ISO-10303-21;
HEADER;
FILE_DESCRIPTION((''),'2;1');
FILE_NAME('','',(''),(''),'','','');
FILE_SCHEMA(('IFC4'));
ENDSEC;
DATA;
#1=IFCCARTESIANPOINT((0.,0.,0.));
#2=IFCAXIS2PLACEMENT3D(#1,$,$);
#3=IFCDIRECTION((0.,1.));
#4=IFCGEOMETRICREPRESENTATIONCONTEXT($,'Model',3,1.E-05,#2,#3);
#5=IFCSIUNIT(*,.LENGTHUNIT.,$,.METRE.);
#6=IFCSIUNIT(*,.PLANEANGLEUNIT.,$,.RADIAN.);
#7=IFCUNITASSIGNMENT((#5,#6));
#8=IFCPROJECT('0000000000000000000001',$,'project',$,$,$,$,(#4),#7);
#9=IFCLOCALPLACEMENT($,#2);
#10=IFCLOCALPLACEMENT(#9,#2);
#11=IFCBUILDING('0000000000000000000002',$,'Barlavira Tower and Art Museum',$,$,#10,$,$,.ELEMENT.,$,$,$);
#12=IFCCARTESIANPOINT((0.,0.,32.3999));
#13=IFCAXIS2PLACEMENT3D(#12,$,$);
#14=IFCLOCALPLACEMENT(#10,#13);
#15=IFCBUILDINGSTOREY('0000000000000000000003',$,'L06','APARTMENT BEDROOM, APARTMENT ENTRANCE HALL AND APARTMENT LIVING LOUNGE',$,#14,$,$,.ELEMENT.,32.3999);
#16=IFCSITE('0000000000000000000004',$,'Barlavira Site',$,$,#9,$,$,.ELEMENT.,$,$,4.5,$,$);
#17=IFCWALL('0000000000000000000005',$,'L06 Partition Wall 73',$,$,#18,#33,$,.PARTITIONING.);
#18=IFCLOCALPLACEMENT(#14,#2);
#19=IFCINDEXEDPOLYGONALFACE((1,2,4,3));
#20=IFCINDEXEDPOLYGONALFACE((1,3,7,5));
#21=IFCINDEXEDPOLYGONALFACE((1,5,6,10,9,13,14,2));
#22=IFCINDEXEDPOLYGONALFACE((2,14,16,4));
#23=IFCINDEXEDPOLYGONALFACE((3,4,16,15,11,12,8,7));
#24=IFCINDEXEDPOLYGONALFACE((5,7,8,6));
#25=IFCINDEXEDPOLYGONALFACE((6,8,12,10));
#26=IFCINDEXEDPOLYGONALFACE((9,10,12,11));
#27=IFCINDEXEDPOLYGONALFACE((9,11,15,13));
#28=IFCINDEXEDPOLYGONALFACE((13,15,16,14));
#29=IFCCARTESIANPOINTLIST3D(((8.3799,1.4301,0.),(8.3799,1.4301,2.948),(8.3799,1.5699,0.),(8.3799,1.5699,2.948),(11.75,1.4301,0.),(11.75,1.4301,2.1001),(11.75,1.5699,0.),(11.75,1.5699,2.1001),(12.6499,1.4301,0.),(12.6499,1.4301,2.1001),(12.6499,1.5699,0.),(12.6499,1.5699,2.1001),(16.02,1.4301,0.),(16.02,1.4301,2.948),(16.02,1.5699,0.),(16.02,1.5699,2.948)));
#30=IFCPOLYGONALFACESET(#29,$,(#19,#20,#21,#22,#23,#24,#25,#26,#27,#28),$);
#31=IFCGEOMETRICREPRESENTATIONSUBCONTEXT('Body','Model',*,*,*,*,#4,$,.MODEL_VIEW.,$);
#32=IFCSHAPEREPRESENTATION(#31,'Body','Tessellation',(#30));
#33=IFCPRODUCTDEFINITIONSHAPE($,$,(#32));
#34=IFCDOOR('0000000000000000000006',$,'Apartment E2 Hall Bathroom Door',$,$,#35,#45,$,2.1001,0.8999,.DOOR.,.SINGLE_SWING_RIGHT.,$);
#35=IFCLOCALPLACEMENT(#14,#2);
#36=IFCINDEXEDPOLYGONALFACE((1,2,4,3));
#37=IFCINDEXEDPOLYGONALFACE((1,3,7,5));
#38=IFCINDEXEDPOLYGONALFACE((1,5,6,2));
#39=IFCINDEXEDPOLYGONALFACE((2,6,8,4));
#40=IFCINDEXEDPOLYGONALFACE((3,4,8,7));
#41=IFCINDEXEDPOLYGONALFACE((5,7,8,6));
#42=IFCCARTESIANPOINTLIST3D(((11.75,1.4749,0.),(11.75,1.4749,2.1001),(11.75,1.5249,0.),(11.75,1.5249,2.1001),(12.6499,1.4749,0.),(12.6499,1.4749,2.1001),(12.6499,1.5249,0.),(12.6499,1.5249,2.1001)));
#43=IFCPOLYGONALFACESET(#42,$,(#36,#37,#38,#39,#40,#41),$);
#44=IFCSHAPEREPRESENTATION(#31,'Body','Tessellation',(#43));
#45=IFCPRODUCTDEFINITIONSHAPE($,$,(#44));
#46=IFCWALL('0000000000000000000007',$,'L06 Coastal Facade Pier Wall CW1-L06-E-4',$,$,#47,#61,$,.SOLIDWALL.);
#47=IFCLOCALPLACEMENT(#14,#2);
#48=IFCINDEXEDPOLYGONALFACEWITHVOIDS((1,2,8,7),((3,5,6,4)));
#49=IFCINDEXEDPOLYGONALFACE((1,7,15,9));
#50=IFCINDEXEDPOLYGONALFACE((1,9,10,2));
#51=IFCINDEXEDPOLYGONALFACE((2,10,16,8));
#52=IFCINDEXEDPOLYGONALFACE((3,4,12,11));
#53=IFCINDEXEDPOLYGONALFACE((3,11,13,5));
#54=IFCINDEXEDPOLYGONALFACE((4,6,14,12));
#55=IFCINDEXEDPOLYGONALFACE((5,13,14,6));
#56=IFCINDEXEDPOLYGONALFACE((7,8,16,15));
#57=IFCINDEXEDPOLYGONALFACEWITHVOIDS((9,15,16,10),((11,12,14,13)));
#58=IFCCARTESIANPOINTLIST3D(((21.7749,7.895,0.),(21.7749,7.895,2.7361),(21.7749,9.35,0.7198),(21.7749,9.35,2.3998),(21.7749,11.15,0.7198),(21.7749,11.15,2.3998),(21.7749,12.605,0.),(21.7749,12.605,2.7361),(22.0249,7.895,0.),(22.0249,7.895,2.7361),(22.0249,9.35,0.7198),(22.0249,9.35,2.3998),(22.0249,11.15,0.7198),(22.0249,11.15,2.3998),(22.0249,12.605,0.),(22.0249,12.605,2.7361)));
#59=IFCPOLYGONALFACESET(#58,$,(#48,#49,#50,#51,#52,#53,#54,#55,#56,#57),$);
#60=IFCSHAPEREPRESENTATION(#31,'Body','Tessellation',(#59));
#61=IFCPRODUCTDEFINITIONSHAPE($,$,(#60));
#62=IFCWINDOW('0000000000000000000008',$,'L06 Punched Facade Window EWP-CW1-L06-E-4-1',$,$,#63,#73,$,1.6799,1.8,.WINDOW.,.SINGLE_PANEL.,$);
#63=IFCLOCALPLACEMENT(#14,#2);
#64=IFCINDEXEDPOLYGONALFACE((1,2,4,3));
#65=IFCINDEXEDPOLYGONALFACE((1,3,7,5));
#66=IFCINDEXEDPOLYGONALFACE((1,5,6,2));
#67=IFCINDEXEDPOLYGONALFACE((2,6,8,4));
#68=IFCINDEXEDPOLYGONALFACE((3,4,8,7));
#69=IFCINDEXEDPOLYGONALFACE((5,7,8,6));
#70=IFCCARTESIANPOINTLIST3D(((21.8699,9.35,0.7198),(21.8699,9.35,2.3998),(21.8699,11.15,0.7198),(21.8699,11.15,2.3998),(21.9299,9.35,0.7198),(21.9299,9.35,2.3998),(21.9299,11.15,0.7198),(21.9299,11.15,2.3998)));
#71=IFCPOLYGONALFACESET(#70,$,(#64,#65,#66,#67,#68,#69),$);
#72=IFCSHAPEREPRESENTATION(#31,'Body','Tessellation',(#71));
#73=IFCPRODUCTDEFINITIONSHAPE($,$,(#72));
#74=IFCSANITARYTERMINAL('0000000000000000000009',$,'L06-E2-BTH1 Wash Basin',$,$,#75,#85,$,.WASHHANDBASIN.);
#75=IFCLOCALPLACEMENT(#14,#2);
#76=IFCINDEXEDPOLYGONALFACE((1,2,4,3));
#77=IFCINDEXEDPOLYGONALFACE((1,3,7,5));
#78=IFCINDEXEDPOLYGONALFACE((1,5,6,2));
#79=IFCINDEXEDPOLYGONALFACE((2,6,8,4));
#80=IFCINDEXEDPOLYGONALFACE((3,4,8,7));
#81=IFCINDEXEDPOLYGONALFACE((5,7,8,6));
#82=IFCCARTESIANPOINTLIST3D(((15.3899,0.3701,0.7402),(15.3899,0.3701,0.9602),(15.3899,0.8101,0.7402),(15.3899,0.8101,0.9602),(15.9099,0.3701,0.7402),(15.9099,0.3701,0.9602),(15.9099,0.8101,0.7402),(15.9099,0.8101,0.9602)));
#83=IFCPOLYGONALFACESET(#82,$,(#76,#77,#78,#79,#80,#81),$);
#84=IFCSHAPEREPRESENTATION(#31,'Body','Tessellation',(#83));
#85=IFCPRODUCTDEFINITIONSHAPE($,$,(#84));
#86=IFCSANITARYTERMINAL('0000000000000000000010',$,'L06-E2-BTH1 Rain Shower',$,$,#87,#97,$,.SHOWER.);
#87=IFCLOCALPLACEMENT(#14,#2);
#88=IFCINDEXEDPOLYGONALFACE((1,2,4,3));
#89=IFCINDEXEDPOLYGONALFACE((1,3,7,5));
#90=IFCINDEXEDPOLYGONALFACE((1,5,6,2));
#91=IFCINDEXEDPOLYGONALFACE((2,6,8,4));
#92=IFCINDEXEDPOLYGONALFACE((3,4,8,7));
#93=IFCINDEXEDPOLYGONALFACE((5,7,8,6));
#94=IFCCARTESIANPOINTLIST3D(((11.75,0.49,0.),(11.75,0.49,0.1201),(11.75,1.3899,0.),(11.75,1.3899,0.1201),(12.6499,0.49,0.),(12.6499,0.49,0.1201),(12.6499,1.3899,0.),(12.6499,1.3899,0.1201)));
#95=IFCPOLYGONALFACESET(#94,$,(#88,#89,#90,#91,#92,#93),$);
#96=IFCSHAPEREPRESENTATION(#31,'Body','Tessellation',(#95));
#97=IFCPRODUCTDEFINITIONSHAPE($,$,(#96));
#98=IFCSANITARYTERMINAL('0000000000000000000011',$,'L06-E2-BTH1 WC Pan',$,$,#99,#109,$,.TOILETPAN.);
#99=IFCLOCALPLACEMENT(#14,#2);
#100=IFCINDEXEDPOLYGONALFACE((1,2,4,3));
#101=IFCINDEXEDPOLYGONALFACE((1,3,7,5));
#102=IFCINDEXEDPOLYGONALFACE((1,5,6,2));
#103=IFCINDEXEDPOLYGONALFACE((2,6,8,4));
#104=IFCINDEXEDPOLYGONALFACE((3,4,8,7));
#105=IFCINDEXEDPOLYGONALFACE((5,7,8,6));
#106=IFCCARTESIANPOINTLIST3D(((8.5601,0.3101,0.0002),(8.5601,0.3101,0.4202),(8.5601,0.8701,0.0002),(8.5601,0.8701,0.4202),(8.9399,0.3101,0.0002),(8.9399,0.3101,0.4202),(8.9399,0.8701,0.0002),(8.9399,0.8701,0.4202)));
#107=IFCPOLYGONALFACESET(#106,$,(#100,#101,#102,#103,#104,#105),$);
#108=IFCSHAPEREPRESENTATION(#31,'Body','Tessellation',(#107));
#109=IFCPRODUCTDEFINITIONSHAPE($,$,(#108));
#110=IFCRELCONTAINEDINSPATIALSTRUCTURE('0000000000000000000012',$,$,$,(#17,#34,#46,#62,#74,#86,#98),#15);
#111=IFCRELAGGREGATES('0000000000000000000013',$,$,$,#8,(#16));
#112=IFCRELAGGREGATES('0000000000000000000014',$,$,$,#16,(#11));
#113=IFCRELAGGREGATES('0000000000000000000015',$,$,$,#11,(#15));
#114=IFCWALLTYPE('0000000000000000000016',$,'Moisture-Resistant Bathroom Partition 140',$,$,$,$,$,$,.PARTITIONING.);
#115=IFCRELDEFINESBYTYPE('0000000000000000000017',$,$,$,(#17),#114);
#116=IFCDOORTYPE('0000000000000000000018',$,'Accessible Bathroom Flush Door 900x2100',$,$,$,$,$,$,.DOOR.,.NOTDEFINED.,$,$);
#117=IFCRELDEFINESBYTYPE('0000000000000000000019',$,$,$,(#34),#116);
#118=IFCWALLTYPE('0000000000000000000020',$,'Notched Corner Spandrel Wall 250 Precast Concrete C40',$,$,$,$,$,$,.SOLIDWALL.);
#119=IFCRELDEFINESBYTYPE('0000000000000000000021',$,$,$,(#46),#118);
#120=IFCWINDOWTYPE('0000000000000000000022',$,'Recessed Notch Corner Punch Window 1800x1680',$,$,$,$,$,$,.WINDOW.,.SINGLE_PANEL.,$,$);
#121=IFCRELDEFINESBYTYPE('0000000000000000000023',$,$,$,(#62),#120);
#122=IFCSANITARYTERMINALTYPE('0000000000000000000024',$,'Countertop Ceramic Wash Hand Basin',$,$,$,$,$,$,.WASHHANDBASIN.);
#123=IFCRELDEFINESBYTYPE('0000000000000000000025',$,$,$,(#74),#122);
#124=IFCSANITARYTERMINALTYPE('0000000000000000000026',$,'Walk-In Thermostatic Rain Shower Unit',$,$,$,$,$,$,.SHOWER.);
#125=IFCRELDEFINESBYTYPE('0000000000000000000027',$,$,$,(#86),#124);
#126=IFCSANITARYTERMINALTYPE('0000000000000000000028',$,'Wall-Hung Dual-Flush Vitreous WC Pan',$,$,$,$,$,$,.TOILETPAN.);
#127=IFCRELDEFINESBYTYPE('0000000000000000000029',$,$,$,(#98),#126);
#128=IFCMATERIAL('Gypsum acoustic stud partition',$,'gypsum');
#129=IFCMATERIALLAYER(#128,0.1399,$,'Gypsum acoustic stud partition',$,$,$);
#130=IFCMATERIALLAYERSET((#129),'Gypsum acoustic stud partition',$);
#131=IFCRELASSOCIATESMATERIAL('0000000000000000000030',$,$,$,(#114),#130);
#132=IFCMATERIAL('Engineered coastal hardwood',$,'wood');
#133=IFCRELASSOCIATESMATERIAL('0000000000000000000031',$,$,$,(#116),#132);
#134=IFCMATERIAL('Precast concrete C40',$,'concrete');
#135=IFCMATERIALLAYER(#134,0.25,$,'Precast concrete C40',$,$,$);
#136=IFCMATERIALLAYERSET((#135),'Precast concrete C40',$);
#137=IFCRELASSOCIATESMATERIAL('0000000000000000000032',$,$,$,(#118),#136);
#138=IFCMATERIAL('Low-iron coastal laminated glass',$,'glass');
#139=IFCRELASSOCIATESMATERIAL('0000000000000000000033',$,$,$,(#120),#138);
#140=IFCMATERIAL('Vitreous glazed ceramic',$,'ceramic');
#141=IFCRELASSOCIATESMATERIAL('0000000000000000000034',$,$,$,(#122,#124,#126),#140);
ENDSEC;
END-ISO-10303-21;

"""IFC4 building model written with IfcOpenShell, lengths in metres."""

from ifc_helpers import new_model, si_unit, direction, frame, frame_2d, origin, origin_2d, place, context, subcontext, project, spatial, rectangle, extrude, material, layer, layer_set, type_object, element, fill, save


model = new_model("IFC4")

# Units and contexts
model_context = context("Model", 3, precision=1e-05, world=origin(), true_north=direction((0.0, 1.0)))
body_context = subcontext(model_context, "Body", "Model", "MODEL_VIEW")
ifc_project = project(units=[si_unit("LENGTHUNIT", "METRE"), si_unit("PLANEANGLEUNIT", "RADIAN")], contexts=[model_context])

# Site, building, storey
site_placement = place(None, origin())
site = spatial("IfcSite", under=ifc_project, at=site_placement, Name="Barlavira Site", CompositionType="ELEMENT", RefElevation=4.5)
building_placement = place(site_placement, origin())
building = spatial("IfcBuilding", under=site, at=building_placement, Name="Barlavira Tower and Art Museum", CompositionType="ELEMENT")
storey_placement = place(building_placement, frame((0.0, 0.0, 32.3999)))
storey = spatial("IfcBuildingStorey", under=building, at=storey_placement, Name="L06", Description="APARTMENT BEDROOM, APARTMENT ENTRANCE HALL AND APARTMENT LIVING LOUNGE", CompositionType="ELEMENT", Elevation=32.3999)

# Shared definitions
ifc_material_1 = material(Name="Low-iron coastal laminated glass", Category="glass")

# Shared definitions
ifc_material_2 = material(Name="Gypsum acoustic stud partition", Category="gypsum")
ifc_material_3 = material(Name="Engineered coastal hardwood", Category="wood")

# Wall, opening, door
ifc_layer_1 = layer(ifc_material_2, 0.1399, Name="Gypsum acoustic stud partition")
ifc_layer_set_1 = layer_set([ifc_layer_1], Name="Gypsum acoustic stud partition")
wall_type_1 = type_object("IfcWallType", Name="Moisture-Resistant Bathroom Partition 140", PredefinedType="PARTITIONING", material=ifc_layer_set_1)
wall_1_placement = place(storey_placement, frame((8.3799, 1.5, 0.0), z_axis=(0.0, 0.0, 1.0), x_axis=(1.0, 0.0, 0.0)))
wall_1 = element("IfcWall", 1, at=wall_1_placement, inside=storey, type_object=wall_type_1, Name="L06 Partition Wall 73", PredefinedType="PARTITIONING", context=body_context, shape_type="SweptSolid", body=[
    extrude(rectangle(XDim=7.6401, YDim=0.1399, at=frame_2d((3.8201, 0.0))), origin(), (0.0, 0.0, 1.0), 2.948),
])
opening_1_placement = place(wall_1_placement, frame((3.3701, 0.0, 0.0)))
opening_1 = element("IfcOpeningElement", 2, at=opening_1_placement, cuts=wall_1, PredefinedType="OPENING", context=body_context, shape_type="SweptSolid", body=[
    extrude(rectangle(XDim=0.8999, YDim=2.1001, at=frame_2d((0.45, 1.05))), frame((0.0, 0.0801, 0.0), z_axis=(0.0, -1.0, 0.0), x_axis=(1.0, 0.0, 0.0)), (0.0, 0.0, 1.0), 0.1599),
])
door_type_1 = type_object("IfcDoorType", Name="Accessible Bathroom Flush Door 900x2100", OperationType="NOTDEFINED", PredefinedType="DOOR", material=ifc_material_3)
door_1_placement = place(opening_1_placement, origin())
door_1 = element("IfcDoor", 3, at=door_1_placement, inside=storey, type_object=door_type_1, Name="Apartment E2 Hall Bathroom Door", OperationType="SINGLE_SWING_RIGHT", OverallHeight=2.1001, OverallWidth=0.8999, PredefinedType="DOOR", context=body_context, shape_type="SweptSolid", body=[
    extrude(rectangle(XDim=0.8999, YDim=2.1001, at=frame_2d((0.45, 1.05))), frame((0.0, 0.0249, 0.0), z_axis=(0.0, -1.0, 0.0), x_axis=(1.0, 0.0, 0.0)), (0.0, 0.0, 1.0), 0.05),
])
fill(opening_1, door_1)

# Wall, opening, window
ifc_material_4 = material(Name="Precast concrete C40", Category="concrete")
ifc_layer_2 = layer(ifc_material_4, 0.25, Name="Precast concrete C40")
ifc_layer_set_2 = layer_set([ifc_layer_2], Name="Precast concrete C40")
wall_type_2 = type_object("IfcWallType", Name="Notched Corner Spandrel Wall 250 Precast Concrete C40", PredefinedType="SOLIDWALL", material=ifc_layer_set_2)
wall_2_placement = place(storey_placement, frame((21.8999, 7.895, 0.0), z_axis=(0.0, 0.0, 1.0), x_axis=(0.0, 1.0, 0.0)))
wall_2 = element("IfcWall", 4, at=wall_2_placement, inside=storey, type_object=wall_type_2, Name="L06 Coastal Facade Pier Wall CW1-L06-E-4", PredefinedType="SOLIDWALL", context=body_context, shape_type="SweptSolid", body=[
    extrude(rectangle(XDim=4.71, YDim=0.25, at=frame_2d((2.355, 0.0))), origin(), (0.0, 0.0, 1.0), 2.7361),
])
opening_2_placement = place(wall_2_placement, frame((1.4551, 0.0, 0.72)))
opening_2 = element("IfcOpeningElement", 5, at=opening_2_placement, cuts=wall_2, PredefinedType="OPENING", context=body_context, shape_type="SweptSolid", body=[
    extrude(rectangle(XDim=1.8, YDim=1.6799, at=frame_2d((0.8999, 0.8398))), frame((0.0, 0.135, 0.0), z_axis=(0.0, -1.0, 0.0), x_axis=(1.0, 0.0, 0.0)), (0.0, 0.0, 1.0), 0.27),
])
window_type = type_object("IfcWindowType", Name="Recessed Notch Corner Punch Window 1800x1680", PartitioningType="SINGLE_PANEL", PredefinedType="WINDOW", material=ifc_material_1)
window_placement = place(opening_2_placement, origin())
window = element("IfcWindow", 6, at=window_placement, inside=storey, type_object=window_type, Name="L06 Punched Facade Window EWP-CW1-L06-E-4-1", OverallHeight=1.6799, OverallWidth=1.8, PartitioningType="SINGLE_PANEL", PredefinedType="WINDOW", context=body_context, shape_type="SweptSolid", body=[
    extrude(rectangle(XDim=1.8, YDim=1.6799, at=frame_2d((0.8999, 0.8398))), frame((0.0, 0.03, 0.0), z_axis=(0.0, -1.0, 0.0), x_axis=(1.0, 0.0, 0.0)), (0.0, 0.0, 1.0), 0.0601),
])
fill(opening_2, window)

# Sanitary terminals
ifc_material_5 = material(Name="Vitreous glazed ceramic", Category="ceramic")
sanitary_terminal_type_1 = type_object("IfcSanitaryTerminalType", Name="Countertop Ceramic Wash Hand Basin", PredefinedType="WASHHANDBASIN", material=ifc_material_5)
sanitary_terminal_1_placement = place(storey_placement, frame((15.6499, 0.5901, 0.7402), z_axis=(0.0, 0.0, 1.0), x_axis=(1.0, 0.0, 0.0)))
element("IfcSanitaryTerminal", 7, at=sanitary_terminal_1_placement, inside=storey, type_object=sanitary_terminal_type_1, Name="L06-E2-BTH1 Wash Basin", PredefinedType="WASHHANDBASIN", context=body_context, shape_type="SweptSolid", body=[
    extrude(rectangle(XDim=0.52, YDim=0.4399, at=origin_2d()), origin(), (0.0, 0.0, 1.0), 0.22),
])
sanitary_terminal_type_2 = type_object("IfcSanitaryTerminalType", Name="Walk-In Thermostatic Rain Shower Unit", PredefinedType="SHOWER", material=ifc_material_5)
sanitary_terminal_2_placement = place(storey_placement, frame((12.2, 0.9399, 0.0), z_axis=(0.0, 0.0, 1.0), x_axis=(1.0, 0.0, 0.0)))
element("IfcSanitaryTerminal", 8, at=sanitary_terminal_2_placement, inside=storey, type_object=sanitary_terminal_type_2, Name="L06-E2-BTH1 Rain Shower", PredefinedType="SHOWER", context=body_context, shape_type="SweptSolid", body=[
    extrude(rectangle(XDim=0.8999, YDim=0.8999, at=origin_2d()), origin(), (0.0, 0.0, 1.0), 0.1201),
])
sanitary_terminal_type_3 = type_object("IfcSanitaryTerminalType", Name="Wall-Hung Dual-Flush Vitreous WC Pan", PredefinedType="TOILETPAN", material=ifc_material_5)
sanitary_terminal_3_placement = place(storey_placement, frame((8.75, 0.5901, 0.0002), z_axis=(0.0, 0.0, 1.0), x_axis=(1.0, 0.0, 0.0)))
element("IfcSanitaryTerminal", 9, at=sanitary_terminal_3_placement, inside=storey, type_object=sanitary_terminal_type_3, Name="L06-E2-BTH1 WC Pan", PredefinedType="TOILETPAN", context=body_context, shape_type="SweptSolid", body=[
    extrude(rectangle(XDim=0.3799, YDim=0.5601, at=origin_2d()), origin(), (0.0, 0.0, 1.0), 0.4199),
])

save(model, "model.ifc")
